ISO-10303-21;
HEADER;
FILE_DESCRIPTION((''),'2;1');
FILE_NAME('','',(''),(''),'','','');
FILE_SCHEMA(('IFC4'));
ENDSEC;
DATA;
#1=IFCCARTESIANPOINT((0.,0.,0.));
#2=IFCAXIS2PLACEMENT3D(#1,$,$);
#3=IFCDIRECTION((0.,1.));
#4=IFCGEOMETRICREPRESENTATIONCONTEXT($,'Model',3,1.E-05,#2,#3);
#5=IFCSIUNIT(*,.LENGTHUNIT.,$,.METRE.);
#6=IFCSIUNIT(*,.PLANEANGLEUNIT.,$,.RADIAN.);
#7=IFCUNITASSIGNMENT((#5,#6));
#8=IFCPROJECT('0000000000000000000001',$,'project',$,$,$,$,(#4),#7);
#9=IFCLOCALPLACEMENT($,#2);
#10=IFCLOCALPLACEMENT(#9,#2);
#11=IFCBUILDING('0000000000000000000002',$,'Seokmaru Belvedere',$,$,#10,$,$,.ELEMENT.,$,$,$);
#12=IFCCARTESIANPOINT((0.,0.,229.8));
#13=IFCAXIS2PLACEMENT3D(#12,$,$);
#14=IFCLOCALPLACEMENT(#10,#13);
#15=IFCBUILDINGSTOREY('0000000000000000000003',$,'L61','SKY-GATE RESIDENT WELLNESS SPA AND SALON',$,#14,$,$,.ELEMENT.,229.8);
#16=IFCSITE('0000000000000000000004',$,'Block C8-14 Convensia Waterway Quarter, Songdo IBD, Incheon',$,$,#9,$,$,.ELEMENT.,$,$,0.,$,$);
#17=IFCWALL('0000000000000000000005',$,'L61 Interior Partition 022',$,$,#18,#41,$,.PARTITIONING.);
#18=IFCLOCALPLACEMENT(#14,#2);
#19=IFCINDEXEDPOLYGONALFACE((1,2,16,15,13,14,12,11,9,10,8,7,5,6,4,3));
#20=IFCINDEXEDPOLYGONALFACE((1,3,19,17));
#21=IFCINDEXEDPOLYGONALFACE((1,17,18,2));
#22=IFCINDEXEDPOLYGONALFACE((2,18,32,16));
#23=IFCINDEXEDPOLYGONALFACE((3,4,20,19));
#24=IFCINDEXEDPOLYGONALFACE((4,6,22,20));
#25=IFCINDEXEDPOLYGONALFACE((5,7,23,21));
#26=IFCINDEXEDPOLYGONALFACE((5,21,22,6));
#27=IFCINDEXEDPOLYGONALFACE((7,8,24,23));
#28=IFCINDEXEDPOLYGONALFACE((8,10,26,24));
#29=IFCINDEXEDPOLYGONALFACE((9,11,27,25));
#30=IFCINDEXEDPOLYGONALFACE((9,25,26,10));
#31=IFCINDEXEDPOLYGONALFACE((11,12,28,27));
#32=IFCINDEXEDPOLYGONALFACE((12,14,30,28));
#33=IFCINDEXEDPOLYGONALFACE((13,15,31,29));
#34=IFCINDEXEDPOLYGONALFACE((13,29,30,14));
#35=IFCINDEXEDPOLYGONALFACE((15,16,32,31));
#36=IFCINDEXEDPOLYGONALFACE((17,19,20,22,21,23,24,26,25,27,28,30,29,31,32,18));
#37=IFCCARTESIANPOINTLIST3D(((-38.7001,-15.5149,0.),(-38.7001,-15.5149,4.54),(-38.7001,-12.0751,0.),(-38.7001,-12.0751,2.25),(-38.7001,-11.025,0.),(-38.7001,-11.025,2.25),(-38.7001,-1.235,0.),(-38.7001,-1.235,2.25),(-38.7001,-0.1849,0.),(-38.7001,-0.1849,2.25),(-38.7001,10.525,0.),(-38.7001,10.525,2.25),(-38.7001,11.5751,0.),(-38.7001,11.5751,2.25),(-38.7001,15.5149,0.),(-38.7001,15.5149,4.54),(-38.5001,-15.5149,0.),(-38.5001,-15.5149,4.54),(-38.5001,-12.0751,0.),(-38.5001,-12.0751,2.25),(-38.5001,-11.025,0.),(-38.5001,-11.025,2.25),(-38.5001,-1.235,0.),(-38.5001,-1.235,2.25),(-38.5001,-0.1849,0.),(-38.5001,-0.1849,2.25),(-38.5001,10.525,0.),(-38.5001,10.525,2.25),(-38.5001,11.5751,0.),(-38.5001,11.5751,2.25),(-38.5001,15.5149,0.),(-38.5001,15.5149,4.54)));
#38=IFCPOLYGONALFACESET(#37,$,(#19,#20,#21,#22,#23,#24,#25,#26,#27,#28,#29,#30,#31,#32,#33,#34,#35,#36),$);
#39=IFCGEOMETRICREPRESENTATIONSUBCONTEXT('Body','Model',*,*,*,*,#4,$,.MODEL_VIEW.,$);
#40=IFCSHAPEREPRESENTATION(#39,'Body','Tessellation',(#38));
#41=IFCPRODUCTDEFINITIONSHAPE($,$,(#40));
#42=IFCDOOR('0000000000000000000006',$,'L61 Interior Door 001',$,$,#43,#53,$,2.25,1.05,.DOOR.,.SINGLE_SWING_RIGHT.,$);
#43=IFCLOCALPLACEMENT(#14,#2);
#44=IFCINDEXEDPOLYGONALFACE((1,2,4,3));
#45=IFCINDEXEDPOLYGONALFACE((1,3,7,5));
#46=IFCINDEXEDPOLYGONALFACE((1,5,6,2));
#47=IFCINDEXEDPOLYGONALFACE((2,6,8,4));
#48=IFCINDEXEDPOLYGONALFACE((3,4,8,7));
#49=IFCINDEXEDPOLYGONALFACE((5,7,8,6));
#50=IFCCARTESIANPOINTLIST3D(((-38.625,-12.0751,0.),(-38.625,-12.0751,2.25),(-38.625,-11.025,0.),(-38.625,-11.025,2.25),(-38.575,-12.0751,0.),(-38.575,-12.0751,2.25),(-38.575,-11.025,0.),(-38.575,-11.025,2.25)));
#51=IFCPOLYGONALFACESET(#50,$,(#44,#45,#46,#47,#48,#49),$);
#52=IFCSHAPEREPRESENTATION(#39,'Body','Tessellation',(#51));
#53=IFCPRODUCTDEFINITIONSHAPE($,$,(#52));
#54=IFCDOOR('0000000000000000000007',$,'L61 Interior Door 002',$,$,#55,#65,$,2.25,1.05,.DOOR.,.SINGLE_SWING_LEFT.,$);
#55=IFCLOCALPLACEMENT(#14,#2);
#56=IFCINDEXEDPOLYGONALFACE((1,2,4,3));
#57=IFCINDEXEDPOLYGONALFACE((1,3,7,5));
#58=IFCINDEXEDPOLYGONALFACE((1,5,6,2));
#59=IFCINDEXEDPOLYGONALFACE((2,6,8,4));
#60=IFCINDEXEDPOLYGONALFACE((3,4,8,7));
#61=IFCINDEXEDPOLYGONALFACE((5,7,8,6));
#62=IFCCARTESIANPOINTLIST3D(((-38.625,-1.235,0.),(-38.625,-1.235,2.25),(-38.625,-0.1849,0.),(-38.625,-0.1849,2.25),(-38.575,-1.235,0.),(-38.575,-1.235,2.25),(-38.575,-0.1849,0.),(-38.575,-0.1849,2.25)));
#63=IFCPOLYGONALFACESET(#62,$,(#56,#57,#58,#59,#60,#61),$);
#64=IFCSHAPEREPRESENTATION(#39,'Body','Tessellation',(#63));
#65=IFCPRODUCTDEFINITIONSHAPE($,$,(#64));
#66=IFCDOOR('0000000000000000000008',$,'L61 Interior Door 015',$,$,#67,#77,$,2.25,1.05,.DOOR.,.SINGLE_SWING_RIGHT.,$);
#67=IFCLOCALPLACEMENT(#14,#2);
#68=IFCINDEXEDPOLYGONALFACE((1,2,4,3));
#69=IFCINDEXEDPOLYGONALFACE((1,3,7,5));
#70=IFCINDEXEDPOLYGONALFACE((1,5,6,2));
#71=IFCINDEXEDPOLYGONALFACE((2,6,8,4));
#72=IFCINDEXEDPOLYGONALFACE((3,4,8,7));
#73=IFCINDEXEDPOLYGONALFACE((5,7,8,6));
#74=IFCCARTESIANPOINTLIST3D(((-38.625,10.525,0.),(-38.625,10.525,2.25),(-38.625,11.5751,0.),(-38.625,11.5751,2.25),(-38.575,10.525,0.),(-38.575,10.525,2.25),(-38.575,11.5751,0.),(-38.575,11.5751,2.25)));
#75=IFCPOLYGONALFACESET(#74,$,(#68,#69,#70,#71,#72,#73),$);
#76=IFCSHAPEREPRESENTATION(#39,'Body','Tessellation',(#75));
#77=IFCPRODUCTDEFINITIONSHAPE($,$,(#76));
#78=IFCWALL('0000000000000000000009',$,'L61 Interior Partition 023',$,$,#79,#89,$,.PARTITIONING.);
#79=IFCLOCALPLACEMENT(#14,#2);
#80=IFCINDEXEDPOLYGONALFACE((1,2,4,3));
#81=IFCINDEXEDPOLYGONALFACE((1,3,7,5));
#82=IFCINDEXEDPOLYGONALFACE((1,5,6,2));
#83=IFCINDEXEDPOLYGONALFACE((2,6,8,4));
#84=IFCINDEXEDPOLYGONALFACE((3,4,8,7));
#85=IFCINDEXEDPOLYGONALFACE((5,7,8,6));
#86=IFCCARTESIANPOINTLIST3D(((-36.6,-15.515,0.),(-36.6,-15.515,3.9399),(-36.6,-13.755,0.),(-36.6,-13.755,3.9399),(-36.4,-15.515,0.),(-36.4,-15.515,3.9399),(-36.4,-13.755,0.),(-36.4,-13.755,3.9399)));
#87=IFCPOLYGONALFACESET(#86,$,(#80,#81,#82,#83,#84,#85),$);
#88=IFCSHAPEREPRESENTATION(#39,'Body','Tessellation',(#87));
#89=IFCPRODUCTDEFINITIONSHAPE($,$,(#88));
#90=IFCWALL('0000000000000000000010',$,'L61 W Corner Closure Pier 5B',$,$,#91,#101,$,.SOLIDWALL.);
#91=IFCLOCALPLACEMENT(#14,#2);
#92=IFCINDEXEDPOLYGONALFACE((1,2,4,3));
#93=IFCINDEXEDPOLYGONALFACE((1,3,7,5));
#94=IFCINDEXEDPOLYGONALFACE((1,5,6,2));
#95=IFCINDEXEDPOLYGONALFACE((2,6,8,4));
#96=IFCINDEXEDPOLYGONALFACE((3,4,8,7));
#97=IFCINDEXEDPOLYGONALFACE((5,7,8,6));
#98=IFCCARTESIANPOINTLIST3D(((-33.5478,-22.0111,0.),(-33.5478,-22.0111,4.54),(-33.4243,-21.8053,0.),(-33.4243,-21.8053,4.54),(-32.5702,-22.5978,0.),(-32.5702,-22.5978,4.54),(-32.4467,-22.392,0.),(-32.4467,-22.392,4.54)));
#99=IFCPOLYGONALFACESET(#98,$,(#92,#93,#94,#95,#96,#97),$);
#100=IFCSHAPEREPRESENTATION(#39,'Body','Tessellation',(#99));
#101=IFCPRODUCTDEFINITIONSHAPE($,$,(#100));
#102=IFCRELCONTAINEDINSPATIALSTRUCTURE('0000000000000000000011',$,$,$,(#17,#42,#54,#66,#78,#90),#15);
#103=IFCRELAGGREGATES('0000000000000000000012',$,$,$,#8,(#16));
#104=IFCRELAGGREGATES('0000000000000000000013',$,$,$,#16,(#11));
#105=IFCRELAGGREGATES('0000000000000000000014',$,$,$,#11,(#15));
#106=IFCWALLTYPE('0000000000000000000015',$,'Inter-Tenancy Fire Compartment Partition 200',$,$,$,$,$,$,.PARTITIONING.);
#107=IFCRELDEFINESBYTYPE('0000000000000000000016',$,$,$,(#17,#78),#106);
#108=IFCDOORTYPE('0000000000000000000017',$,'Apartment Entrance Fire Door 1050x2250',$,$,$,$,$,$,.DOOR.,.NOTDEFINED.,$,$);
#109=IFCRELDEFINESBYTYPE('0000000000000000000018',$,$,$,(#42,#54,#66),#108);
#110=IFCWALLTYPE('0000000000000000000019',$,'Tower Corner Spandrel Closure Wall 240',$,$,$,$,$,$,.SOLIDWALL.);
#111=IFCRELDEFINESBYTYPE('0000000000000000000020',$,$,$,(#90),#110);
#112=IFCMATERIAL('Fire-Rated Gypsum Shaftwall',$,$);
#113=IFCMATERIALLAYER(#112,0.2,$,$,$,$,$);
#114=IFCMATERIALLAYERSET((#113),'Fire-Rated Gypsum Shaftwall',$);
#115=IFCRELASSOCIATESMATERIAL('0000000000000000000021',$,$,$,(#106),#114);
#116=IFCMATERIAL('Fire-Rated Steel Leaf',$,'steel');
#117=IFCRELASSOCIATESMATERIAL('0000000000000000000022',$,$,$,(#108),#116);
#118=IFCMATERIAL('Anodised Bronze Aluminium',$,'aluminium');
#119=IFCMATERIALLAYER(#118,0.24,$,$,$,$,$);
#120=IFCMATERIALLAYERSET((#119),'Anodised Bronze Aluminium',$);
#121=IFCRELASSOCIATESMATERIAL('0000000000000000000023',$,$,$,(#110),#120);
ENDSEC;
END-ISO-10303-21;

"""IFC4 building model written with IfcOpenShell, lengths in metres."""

from ifc_helpers import new_model, si_unit, direction, frame, frame_2d, origin, place, context, subcontext, project, spatial, rectangle, extrude, source, transform, mapped, material, layer, layer_set, type_object, type_shapes, element, fill, save


model = new_model("IFC4")

# Units and contexts
model_context = context("Model", 3, precision=1e-05, world=origin(), true_north=direction((0.0, 1.0)))
body_context = subcontext(model_context, "Body", "Model", "MODEL_VIEW")
ifc_project = project(units=[si_unit("LENGTHUNIT", "METRE"), si_unit("PLANEANGLEUNIT", "RADIAN")], contexts=[model_context])

# Site, building, storey
site_placement = place(None, origin())
site = spatial("IfcSite", under=ifc_project, at=site_placement, Name="Block C8-14 Convensia Waterway Quarter, Songdo IBD, Incheon", CompositionType="ELEMENT", RefElevation=0.0)
building_placement = place(site_placement, origin())
building = spatial("IfcBuilding", under=site, at=building_placement, Name="Seokmaru Belvedere", CompositionType="ELEMENT")
storey_placement = place(building_placement, frame((0.0, 0.0, 229.8)))
storey = spatial("IfcBuildingStorey", under=building, at=storey_placement, Name="L61", Description="SKY-GATE RESIDENT WELLNESS SPA AND SALON", CompositionType="ELEMENT", Elevation=229.8)

# Shared definitions
ifc_material_1 = material(Name="Anodised Bronze Aluminium", Category="aluminium")

# Shared definitions
ifc_material_2 = material(Name="Fire-Rated Gypsum Shaftwall")
ifc_layer_1 = layer(ifc_material_2, 0.2)
ifc_layer_set_1 = layer_set([ifc_layer_1], Name="Fire-Rated Gypsum Shaftwall")
wall_type_1 = type_object("IfcWallType", Name="Inter-Tenancy Fire Compartment Partition 200", PredefinedType="PARTITIONING", material=ifc_layer_set_1)

# Wall, openings, doors
wall_1_placement = place(storey_placement, frame((-38.6001, -15.5149, 0.0), z_axis=(0.0, 0.0, 1.0), x_axis=(0.0, 1.0, 0.0)))
wall_1 = element("IfcWall", 1, at=wall_1_placement, inside=storey, type_object=wall_type_1, Name="L61 Interior Partition 022", PredefinedType="PARTITIONING", context=body_context, shape_type="SweptSolid", body=[
    extrude(rectangle(XDim=31.0298, YDim=0.2, at=frame_2d((15.5149, 0.0))), origin(), (0.0, 0.0, 1.0), 4.54),
])
opening_1_placement = place(wall_1_placement, frame((3.4399, 0.0, 0.0)))
opening_1 = element("IfcOpeningElement", 2, at=opening_1_placement, cuts=wall_1, PredefinedType="OPENING", context=body_context, shape_type="SweptSolid", body=[
    extrude(rectangle(XDim=1.05, YDim=2.25, at=frame_2d((0.5249, 1.125))), frame((0.0, 0.1099, 0.0), z_axis=(0.0, -1.0, 0.0), x_axis=(1.0, 0.0, 0.0)), (0.0, 0.0, 1.0), 0.22),
])
opening_2_placement = place(wall_1_placement, frame((14.28, 0.0, 0.0)))
opening_2 = element("IfcOpeningElement", 3, at=opening_2_placement, cuts=wall_1, PredefinedType="OPENING", context=body_context, shape_type="SweptSolid", body=[
    extrude(rectangle(XDim=1.05, YDim=2.25, at=frame_2d((0.5249, 1.125))), frame((0.0, 0.1099, 0.0), z_axis=(0.0, -1.0, 0.0), x_axis=(1.0, 0.0, 0.0)), (0.0, 0.0, 1.0), 0.22),
])
opening_3_placement = place(wall_1_placement, frame((26.04, 0.0, 0.0)))
opening_3 = element("IfcOpeningElement", 4, at=opening_3_placement, cuts=wall_1, PredefinedType="OPENING", context=body_context, shape_type="SweptSolid", body=[
    extrude(rectangle(XDim=1.05, YDim=2.25, at=frame_2d((0.5249, 1.125))), frame((0.0, 0.1099, 0.0), z_axis=(0.0, -1.0, 0.0), x_axis=(1.0, 0.0, 0.0)), (0.0, 0.0, 1.0), 0.22),
])
ifc_material_3 = material(Name="Fire-Rated Steel Leaf", Category="steel")
door_type = type_object("IfcDoorType", Name="Apartment Entrance Fire Door 1050x2250", OperationType="NOTDEFINED", PredefinedType="DOOR", material=ifc_material_3)
shared_shape_1 = source(origin(), body_context, "Body", "SweptSolid", [
    extrude(rectangle(XDim=1.05, YDim=2.25, at=frame_2d((0.5249, 1.125))), frame((0.0, 0.0249, 0.0), z_axis=(0.0, -1.0, 0.0), x_axis=(1.0, 0.0, 0.0)), (0.0, 0.0, 1.0), 0.05),
])
type_shapes(door_type, [shared_shape_1])
door_1_placement = place(opening_1_placement, origin())
door_1 = element("IfcDoor", 5, at=door_1_placement, inside=storey, type_object=door_type, Name="L61 Interior Door 001", OperationType="SINGLE_SWING_RIGHT", OverallHeight=2.25, OverallWidth=1.05, PredefinedType="DOOR", context=body_context, shape_type="MappedRepresentation", body=[
    mapped(shared_shape_1, transform((0.0, 0.0, 0.0), scale=1.0)),
])
fill(opening_1, door_1)
door_2_placement = place(opening_2_placement, origin())
door_2 = element("IfcDoor", 6, at=door_2_placement, inside=storey, type_object=door_type, Name="L61 Interior Door 002", OperationType="SINGLE_SWING_LEFT", OverallHeight=2.25, OverallWidth=1.05, PredefinedType="DOOR", context=body_context, shape_type="MappedRepresentation", body=[
    mapped(shared_shape_1, transform((0.0, 0.0, 0.0), scale=1.0)),
])
fill(opening_2, door_2)
door_3_placement = place(opening_3_placement, origin())
door_3 = element("IfcDoor", 7, at=door_3_placement, inside=storey, type_object=door_type, Name="L61 Interior Door 015", OperationType="SINGLE_SWING_RIGHT", OverallHeight=2.25, OverallWidth=1.05, PredefinedType="DOOR", context=body_context, shape_type="MappedRepresentation", body=[
    mapped(shared_shape_1, transform((0.0, 0.0, 0.0), scale=1.0)),
])
fill(opening_3, door_3)

# Walls
wall_2_placement = place(storey_placement, frame((-36.5, -15.5149, 0.0), z_axis=(0.0, 0.0, 1.0), x_axis=(0.0, 1.0, 0.0)))
element("IfcWall", 8, at=wall_2_placement, inside=storey, type_object=wall_type_1, Name="L61 Interior Partition 023", PredefinedType="PARTITIONING", context=body_context, shape_type="SweptSolid", body=[
    extrude(rectangle(XDim=1.76, YDim=0.2, at=frame_2d((0.8799, 0.0))), origin(), (0.0, 0.0, 1.0), 3.9399),
])
ifc_layer_2 = layer(ifc_material_1, 0.24)
ifc_layer_set_2 = layer_set([ifc_layer_2], Name="Anodised Bronze Aluminium")
wall_type_2 = type_object("IfcWallType", Name="Tower Corner Spandrel Closure Wall 240", PredefinedType="SOLIDWALL", material=ifc_layer_set_2)
wall_3_placement = place(storey_placement, frame((-33.4861, -21.9082, 0.0), z_axis=(0.0, 0.0, 1.0), x_axis=(0.857436, -0.51459, 0.0)))
element("IfcWall", 9, at=wall_3_placement, inside=storey, type_object=wall_type_2, Name="L61 W Corner Closure Pier 5B", PredefinedType="SOLIDWALL", context=body_context, shape_type="SweptSolid", body=[
    extrude(rectangle(XDim=1.1401, YDim=0.24, at=frame_2d((0.5701, 0.0))), origin(), (0.0, 0.0, 1.0), 4.54),
])

save(model, "model.ifc")
